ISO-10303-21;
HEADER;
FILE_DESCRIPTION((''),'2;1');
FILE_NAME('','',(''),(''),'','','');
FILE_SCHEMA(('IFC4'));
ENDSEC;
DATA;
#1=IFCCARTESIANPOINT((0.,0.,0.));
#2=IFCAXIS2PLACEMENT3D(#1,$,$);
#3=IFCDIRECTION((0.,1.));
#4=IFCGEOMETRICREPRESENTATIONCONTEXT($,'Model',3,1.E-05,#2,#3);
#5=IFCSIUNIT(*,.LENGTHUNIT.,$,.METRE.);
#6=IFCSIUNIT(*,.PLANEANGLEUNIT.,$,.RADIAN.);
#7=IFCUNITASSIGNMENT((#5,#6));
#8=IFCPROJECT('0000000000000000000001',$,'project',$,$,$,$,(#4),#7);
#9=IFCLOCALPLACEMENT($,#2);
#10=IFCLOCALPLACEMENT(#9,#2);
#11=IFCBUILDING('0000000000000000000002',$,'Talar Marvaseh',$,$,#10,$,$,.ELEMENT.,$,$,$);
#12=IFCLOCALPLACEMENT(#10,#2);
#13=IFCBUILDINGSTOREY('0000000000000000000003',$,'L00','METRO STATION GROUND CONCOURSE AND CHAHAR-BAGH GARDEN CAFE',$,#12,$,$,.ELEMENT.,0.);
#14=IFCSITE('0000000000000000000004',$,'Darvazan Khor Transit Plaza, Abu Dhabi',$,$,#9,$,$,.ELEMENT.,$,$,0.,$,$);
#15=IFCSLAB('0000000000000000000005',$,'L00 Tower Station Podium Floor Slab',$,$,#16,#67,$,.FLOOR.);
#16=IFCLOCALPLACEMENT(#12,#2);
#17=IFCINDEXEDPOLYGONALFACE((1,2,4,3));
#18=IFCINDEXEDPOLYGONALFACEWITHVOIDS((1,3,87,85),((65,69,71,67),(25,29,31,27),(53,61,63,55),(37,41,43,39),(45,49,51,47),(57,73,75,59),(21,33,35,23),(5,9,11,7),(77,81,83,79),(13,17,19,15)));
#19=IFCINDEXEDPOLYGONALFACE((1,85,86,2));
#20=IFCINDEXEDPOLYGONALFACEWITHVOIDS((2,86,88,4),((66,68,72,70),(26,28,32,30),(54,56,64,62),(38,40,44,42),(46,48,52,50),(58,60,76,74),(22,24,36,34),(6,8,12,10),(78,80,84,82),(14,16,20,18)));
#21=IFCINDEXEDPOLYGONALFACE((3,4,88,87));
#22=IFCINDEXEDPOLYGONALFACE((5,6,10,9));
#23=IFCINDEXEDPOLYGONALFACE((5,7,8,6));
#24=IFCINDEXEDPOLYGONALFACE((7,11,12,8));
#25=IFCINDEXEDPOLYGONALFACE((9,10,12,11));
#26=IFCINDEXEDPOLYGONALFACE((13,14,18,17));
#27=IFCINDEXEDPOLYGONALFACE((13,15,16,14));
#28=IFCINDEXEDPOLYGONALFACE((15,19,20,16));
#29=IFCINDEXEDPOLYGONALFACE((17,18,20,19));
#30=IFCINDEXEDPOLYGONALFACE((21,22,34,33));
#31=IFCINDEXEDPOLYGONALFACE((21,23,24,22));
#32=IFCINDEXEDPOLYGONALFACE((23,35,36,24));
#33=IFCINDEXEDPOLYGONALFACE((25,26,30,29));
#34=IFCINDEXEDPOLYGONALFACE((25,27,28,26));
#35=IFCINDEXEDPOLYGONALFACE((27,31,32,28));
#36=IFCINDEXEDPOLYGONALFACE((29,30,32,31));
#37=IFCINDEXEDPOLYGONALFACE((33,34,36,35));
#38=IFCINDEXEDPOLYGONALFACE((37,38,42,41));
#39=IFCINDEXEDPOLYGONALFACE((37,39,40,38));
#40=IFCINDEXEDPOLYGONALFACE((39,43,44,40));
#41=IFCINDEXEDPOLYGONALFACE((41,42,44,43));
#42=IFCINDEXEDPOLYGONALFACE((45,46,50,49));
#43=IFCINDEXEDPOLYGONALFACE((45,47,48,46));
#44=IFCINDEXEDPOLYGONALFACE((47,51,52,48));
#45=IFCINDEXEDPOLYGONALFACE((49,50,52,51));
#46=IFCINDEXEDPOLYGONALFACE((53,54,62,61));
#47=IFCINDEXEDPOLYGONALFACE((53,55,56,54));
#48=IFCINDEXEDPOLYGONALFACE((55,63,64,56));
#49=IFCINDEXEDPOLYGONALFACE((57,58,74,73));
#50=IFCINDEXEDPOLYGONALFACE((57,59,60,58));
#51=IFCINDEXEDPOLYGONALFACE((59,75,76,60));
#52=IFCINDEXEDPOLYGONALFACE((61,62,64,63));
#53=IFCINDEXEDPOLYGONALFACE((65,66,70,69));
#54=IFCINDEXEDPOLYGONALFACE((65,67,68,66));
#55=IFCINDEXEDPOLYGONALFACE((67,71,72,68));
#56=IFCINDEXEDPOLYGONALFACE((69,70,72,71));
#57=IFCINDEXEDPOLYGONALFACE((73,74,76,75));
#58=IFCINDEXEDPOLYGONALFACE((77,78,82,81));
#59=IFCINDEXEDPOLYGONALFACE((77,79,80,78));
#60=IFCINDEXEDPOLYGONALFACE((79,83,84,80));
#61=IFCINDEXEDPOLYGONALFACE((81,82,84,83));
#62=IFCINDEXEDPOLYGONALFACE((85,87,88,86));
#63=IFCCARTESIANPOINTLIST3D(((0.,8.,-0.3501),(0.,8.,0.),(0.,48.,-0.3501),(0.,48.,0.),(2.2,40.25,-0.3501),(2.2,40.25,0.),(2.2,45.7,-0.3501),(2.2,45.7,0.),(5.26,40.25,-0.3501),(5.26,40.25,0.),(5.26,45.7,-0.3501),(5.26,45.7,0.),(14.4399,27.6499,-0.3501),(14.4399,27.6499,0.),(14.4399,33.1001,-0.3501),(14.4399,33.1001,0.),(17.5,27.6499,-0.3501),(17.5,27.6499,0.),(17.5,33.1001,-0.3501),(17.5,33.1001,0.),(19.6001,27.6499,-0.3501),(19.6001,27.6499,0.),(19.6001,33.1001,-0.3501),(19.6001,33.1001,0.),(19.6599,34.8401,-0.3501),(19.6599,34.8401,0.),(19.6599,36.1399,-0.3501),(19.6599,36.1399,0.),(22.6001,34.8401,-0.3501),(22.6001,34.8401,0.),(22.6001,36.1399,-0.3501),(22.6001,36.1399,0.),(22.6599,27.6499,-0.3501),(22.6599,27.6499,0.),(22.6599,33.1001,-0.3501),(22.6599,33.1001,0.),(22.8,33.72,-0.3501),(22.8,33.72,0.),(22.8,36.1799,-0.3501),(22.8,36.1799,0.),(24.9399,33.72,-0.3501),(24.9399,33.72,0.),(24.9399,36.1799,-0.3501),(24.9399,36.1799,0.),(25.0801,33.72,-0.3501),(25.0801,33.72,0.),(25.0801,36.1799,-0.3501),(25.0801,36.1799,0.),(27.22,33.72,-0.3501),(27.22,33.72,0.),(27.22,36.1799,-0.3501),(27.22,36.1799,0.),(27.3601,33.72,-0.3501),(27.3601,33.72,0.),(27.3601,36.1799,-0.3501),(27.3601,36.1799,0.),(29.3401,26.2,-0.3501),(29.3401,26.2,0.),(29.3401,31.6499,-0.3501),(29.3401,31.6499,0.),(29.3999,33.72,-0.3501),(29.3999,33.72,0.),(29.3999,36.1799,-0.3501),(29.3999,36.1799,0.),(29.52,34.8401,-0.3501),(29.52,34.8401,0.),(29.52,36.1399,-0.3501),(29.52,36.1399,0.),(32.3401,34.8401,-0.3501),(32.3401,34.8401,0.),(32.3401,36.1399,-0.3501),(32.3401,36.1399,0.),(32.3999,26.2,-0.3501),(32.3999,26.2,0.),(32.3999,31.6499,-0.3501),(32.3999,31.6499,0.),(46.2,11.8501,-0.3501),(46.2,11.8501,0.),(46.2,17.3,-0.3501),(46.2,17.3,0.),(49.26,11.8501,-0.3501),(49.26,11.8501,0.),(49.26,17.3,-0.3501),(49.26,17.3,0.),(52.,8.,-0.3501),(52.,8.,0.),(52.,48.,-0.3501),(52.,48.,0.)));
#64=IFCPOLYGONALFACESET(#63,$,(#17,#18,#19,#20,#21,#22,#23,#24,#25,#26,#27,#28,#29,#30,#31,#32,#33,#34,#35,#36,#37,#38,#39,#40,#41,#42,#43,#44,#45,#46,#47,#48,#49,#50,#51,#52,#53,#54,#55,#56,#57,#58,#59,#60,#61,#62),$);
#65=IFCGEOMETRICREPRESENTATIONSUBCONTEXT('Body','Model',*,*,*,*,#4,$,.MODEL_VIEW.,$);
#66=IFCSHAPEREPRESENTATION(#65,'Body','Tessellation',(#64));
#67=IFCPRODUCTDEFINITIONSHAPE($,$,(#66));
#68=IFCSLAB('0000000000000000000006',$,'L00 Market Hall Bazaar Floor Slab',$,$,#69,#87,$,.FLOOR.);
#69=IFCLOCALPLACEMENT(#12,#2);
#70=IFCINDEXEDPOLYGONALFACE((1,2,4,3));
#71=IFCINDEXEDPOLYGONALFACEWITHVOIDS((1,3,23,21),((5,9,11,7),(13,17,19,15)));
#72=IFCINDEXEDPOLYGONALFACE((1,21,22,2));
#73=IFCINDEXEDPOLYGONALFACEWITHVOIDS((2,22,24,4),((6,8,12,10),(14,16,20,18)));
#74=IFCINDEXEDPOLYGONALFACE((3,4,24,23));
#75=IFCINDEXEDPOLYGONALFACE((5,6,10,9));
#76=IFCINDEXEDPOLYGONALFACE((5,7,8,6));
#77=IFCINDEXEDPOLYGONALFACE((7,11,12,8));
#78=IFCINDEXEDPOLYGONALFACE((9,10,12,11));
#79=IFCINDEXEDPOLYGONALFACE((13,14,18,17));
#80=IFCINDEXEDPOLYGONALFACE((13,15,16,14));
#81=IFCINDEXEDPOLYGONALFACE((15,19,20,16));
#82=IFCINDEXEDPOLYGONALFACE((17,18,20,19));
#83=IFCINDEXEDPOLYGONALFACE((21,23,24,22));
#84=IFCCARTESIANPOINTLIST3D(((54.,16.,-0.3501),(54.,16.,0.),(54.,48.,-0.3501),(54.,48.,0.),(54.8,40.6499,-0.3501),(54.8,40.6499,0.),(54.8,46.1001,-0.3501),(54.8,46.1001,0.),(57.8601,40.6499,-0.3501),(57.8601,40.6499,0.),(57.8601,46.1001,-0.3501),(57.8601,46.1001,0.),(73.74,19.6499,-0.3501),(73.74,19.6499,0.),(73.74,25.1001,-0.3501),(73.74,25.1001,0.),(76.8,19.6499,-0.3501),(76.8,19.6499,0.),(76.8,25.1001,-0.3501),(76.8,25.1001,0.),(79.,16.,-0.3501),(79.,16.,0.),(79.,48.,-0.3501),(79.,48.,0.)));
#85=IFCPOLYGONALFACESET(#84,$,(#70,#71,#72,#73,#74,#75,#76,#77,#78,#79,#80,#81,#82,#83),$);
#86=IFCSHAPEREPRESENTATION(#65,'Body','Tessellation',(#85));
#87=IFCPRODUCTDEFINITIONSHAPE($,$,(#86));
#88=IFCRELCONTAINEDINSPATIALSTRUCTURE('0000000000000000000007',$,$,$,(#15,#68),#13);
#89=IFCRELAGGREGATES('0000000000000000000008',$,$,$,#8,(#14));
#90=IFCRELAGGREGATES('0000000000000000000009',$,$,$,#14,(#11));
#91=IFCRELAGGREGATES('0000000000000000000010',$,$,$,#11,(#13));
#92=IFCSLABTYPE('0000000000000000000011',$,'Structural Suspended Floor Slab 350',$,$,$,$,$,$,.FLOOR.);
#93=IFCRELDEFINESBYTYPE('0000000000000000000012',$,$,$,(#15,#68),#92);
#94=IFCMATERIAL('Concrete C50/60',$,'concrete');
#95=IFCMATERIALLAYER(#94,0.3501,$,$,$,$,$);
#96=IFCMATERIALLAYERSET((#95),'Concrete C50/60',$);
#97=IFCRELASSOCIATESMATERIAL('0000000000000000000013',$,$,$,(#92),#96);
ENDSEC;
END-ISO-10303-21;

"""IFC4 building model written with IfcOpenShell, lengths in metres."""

from ifc_helpers import new_model, si_unit, direction, frame, origin, place, context, subcontext, project, spatial, polyline, outline, extrude, material, layer, layer_set, type_object, element, save


model = new_model("IFC4")

# Units and contexts
model_context = context("Model", 3, precision=1e-05, world=origin(), true_north=direction((0.0, 1.0)))
body_context = subcontext(model_context, "Body", "Model", "MODEL_VIEW")
ifc_project = project(units=[si_unit("LENGTHUNIT", "METRE"), si_unit("PLANEANGLEUNIT", "RADIAN")], contexts=[model_context])

# Site, building, storey
site_placement = place(None, origin())
site = spatial("IfcSite", under=ifc_project, at=site_placement, Name="Darvazan Khor Transit Plaza, Abu Dhabi", CompositionType="ELEMENT", RefElevation=0.0)
building_placement = place(site_placement, origin())
building = spatial("IfcBuilding", under=site, at=building_placement, Name="Talar Marvaseh", CompositionType="ELEMENT")
storey_placement = place(building_placement, origin())
storey = spatial("IfcBuildingStorey", under=building, at=storey_placement, Name="L00", Description="METRO STATION GROUND CONCOURSE AND CHAHAR-BAGH GARDEN CAFE", CompositionType="ELEMENT", Elevation=0.0)

# Slabs
ifc_material_1 = material(Name="Concrete C50/60", Category="concrete")
ifc_layer_1 = layer(ifc_material_1, 0.3501)
ifc_layer_set_1 = layer_set([ifc_layer_1], Name="Concrete C50/60")
slab_type_1 = type_object("IfcSlabType", Name="Structural Suspended Floor Slab 350", PredefinedType="FLOOR", material=ifc_layer_set_1)
slab_1_placement = place(storey_placement, frame((0.0, 0.0, -0.3501)))
element("IfcSlab", 1, at=slab_1_placement, inside=storey, type_object=slab_type_1, Name="L00 Tower Station Podium Floor Slab", PredefinedType="FLOOR", context=body_context, shape_type="SweptSolid", body=[
    extrude(outline(polyline([(0.0, 8.0), (52.0, 8.0), (52.0, 48.0), (0.0, 48.0), (0.0, 8.0)]), holes=[polyline([(22.6599, 27.6499), (22.6599, 33.1001), (19.6001, 33.1001), (19.6001, 27.6499), (22.6599, 27.6499)]), polyline([(29.3401, 31.6499), (29.3401, 26.2), (32.3999, 26.2), (32.3999, 31.6499), (29.3401, 31.6499)]), polyline([(17.5, 27.6499), (17.5, 33.1001), (14.4399, 33.1001), (14.4399, 27.6499), (17.5, 27.6499)]), polyline([(5.26, 40.25), (5.26, 45.7), (2.2, 45.7), (2.2, 40.25), (5.26, 40.25)]), polyline([(49.26, 11.8501), (49.26, 17.3), (46.2, 17.3), (46.2, 11.8501), (49.26, 11.8501)]), polyline([(22.8, 33.72), (24.9399, 33.72), (24.9399, 36.1799), (22.8, 36.1799), (22.8, 33.72)]), polyline([(25.0801, 33.72), (27.22, 33.72), (27.22, 36.1799), (25.0801, 36.1799), (25.0801, 33.72)]), polyline([(27.3601, 33.72), (29.3999, 33.72), (29.3999, 36.1799), (27.3601, 36.1799), (27.3601, 33.72)]), polyline([(19.6599, 34.8401), (22.6001, 34.8401), (22.6001, 36.1399), (19.6599, 36.1399), (19.6599, 34.8401)]), polyline([(29.52, 34.8401), (32.3401, 34.8401), (32.3401, 36.1399), (29.52, 36.1399), (29.52, 34.8401)])]), origin(), (0.0, 0.0, 1.0), 0.3501),
])
slab_2_placement = place(storey_placement, frame((0.0, 0.0, -0.3501)))
element("IfcSlab", 2, at=slab_2_placement, inside=storey, type_object=slab_type_1, Name="L00 Market Hall Bazaar Floor Slab", PredefinedType="FLOOR", context=body_context, shape_type="SweptSolid", body=[
    extrude(outline(polyline([(54.0, 16.0), (79.0, 16.0), (79.0, 48.0), (54.0, 48.0), (54.0, 16.0)]), holes=[polyline([(57.8601, 40.6499), (57.8601, 46.1001), (54.8, 46.1001), (54.8, 40.6499), (57.8601, 40.6499)]), polyline([(76.8, 19.6499), (76.8, 25.1001), (73.74, 25.1001), (73.74, 19.6499), (76.8, 19.6499)])]), origin(), (0.0, 0.0, 1.0), 0.3501),
])

save(model, "model.ifc")
